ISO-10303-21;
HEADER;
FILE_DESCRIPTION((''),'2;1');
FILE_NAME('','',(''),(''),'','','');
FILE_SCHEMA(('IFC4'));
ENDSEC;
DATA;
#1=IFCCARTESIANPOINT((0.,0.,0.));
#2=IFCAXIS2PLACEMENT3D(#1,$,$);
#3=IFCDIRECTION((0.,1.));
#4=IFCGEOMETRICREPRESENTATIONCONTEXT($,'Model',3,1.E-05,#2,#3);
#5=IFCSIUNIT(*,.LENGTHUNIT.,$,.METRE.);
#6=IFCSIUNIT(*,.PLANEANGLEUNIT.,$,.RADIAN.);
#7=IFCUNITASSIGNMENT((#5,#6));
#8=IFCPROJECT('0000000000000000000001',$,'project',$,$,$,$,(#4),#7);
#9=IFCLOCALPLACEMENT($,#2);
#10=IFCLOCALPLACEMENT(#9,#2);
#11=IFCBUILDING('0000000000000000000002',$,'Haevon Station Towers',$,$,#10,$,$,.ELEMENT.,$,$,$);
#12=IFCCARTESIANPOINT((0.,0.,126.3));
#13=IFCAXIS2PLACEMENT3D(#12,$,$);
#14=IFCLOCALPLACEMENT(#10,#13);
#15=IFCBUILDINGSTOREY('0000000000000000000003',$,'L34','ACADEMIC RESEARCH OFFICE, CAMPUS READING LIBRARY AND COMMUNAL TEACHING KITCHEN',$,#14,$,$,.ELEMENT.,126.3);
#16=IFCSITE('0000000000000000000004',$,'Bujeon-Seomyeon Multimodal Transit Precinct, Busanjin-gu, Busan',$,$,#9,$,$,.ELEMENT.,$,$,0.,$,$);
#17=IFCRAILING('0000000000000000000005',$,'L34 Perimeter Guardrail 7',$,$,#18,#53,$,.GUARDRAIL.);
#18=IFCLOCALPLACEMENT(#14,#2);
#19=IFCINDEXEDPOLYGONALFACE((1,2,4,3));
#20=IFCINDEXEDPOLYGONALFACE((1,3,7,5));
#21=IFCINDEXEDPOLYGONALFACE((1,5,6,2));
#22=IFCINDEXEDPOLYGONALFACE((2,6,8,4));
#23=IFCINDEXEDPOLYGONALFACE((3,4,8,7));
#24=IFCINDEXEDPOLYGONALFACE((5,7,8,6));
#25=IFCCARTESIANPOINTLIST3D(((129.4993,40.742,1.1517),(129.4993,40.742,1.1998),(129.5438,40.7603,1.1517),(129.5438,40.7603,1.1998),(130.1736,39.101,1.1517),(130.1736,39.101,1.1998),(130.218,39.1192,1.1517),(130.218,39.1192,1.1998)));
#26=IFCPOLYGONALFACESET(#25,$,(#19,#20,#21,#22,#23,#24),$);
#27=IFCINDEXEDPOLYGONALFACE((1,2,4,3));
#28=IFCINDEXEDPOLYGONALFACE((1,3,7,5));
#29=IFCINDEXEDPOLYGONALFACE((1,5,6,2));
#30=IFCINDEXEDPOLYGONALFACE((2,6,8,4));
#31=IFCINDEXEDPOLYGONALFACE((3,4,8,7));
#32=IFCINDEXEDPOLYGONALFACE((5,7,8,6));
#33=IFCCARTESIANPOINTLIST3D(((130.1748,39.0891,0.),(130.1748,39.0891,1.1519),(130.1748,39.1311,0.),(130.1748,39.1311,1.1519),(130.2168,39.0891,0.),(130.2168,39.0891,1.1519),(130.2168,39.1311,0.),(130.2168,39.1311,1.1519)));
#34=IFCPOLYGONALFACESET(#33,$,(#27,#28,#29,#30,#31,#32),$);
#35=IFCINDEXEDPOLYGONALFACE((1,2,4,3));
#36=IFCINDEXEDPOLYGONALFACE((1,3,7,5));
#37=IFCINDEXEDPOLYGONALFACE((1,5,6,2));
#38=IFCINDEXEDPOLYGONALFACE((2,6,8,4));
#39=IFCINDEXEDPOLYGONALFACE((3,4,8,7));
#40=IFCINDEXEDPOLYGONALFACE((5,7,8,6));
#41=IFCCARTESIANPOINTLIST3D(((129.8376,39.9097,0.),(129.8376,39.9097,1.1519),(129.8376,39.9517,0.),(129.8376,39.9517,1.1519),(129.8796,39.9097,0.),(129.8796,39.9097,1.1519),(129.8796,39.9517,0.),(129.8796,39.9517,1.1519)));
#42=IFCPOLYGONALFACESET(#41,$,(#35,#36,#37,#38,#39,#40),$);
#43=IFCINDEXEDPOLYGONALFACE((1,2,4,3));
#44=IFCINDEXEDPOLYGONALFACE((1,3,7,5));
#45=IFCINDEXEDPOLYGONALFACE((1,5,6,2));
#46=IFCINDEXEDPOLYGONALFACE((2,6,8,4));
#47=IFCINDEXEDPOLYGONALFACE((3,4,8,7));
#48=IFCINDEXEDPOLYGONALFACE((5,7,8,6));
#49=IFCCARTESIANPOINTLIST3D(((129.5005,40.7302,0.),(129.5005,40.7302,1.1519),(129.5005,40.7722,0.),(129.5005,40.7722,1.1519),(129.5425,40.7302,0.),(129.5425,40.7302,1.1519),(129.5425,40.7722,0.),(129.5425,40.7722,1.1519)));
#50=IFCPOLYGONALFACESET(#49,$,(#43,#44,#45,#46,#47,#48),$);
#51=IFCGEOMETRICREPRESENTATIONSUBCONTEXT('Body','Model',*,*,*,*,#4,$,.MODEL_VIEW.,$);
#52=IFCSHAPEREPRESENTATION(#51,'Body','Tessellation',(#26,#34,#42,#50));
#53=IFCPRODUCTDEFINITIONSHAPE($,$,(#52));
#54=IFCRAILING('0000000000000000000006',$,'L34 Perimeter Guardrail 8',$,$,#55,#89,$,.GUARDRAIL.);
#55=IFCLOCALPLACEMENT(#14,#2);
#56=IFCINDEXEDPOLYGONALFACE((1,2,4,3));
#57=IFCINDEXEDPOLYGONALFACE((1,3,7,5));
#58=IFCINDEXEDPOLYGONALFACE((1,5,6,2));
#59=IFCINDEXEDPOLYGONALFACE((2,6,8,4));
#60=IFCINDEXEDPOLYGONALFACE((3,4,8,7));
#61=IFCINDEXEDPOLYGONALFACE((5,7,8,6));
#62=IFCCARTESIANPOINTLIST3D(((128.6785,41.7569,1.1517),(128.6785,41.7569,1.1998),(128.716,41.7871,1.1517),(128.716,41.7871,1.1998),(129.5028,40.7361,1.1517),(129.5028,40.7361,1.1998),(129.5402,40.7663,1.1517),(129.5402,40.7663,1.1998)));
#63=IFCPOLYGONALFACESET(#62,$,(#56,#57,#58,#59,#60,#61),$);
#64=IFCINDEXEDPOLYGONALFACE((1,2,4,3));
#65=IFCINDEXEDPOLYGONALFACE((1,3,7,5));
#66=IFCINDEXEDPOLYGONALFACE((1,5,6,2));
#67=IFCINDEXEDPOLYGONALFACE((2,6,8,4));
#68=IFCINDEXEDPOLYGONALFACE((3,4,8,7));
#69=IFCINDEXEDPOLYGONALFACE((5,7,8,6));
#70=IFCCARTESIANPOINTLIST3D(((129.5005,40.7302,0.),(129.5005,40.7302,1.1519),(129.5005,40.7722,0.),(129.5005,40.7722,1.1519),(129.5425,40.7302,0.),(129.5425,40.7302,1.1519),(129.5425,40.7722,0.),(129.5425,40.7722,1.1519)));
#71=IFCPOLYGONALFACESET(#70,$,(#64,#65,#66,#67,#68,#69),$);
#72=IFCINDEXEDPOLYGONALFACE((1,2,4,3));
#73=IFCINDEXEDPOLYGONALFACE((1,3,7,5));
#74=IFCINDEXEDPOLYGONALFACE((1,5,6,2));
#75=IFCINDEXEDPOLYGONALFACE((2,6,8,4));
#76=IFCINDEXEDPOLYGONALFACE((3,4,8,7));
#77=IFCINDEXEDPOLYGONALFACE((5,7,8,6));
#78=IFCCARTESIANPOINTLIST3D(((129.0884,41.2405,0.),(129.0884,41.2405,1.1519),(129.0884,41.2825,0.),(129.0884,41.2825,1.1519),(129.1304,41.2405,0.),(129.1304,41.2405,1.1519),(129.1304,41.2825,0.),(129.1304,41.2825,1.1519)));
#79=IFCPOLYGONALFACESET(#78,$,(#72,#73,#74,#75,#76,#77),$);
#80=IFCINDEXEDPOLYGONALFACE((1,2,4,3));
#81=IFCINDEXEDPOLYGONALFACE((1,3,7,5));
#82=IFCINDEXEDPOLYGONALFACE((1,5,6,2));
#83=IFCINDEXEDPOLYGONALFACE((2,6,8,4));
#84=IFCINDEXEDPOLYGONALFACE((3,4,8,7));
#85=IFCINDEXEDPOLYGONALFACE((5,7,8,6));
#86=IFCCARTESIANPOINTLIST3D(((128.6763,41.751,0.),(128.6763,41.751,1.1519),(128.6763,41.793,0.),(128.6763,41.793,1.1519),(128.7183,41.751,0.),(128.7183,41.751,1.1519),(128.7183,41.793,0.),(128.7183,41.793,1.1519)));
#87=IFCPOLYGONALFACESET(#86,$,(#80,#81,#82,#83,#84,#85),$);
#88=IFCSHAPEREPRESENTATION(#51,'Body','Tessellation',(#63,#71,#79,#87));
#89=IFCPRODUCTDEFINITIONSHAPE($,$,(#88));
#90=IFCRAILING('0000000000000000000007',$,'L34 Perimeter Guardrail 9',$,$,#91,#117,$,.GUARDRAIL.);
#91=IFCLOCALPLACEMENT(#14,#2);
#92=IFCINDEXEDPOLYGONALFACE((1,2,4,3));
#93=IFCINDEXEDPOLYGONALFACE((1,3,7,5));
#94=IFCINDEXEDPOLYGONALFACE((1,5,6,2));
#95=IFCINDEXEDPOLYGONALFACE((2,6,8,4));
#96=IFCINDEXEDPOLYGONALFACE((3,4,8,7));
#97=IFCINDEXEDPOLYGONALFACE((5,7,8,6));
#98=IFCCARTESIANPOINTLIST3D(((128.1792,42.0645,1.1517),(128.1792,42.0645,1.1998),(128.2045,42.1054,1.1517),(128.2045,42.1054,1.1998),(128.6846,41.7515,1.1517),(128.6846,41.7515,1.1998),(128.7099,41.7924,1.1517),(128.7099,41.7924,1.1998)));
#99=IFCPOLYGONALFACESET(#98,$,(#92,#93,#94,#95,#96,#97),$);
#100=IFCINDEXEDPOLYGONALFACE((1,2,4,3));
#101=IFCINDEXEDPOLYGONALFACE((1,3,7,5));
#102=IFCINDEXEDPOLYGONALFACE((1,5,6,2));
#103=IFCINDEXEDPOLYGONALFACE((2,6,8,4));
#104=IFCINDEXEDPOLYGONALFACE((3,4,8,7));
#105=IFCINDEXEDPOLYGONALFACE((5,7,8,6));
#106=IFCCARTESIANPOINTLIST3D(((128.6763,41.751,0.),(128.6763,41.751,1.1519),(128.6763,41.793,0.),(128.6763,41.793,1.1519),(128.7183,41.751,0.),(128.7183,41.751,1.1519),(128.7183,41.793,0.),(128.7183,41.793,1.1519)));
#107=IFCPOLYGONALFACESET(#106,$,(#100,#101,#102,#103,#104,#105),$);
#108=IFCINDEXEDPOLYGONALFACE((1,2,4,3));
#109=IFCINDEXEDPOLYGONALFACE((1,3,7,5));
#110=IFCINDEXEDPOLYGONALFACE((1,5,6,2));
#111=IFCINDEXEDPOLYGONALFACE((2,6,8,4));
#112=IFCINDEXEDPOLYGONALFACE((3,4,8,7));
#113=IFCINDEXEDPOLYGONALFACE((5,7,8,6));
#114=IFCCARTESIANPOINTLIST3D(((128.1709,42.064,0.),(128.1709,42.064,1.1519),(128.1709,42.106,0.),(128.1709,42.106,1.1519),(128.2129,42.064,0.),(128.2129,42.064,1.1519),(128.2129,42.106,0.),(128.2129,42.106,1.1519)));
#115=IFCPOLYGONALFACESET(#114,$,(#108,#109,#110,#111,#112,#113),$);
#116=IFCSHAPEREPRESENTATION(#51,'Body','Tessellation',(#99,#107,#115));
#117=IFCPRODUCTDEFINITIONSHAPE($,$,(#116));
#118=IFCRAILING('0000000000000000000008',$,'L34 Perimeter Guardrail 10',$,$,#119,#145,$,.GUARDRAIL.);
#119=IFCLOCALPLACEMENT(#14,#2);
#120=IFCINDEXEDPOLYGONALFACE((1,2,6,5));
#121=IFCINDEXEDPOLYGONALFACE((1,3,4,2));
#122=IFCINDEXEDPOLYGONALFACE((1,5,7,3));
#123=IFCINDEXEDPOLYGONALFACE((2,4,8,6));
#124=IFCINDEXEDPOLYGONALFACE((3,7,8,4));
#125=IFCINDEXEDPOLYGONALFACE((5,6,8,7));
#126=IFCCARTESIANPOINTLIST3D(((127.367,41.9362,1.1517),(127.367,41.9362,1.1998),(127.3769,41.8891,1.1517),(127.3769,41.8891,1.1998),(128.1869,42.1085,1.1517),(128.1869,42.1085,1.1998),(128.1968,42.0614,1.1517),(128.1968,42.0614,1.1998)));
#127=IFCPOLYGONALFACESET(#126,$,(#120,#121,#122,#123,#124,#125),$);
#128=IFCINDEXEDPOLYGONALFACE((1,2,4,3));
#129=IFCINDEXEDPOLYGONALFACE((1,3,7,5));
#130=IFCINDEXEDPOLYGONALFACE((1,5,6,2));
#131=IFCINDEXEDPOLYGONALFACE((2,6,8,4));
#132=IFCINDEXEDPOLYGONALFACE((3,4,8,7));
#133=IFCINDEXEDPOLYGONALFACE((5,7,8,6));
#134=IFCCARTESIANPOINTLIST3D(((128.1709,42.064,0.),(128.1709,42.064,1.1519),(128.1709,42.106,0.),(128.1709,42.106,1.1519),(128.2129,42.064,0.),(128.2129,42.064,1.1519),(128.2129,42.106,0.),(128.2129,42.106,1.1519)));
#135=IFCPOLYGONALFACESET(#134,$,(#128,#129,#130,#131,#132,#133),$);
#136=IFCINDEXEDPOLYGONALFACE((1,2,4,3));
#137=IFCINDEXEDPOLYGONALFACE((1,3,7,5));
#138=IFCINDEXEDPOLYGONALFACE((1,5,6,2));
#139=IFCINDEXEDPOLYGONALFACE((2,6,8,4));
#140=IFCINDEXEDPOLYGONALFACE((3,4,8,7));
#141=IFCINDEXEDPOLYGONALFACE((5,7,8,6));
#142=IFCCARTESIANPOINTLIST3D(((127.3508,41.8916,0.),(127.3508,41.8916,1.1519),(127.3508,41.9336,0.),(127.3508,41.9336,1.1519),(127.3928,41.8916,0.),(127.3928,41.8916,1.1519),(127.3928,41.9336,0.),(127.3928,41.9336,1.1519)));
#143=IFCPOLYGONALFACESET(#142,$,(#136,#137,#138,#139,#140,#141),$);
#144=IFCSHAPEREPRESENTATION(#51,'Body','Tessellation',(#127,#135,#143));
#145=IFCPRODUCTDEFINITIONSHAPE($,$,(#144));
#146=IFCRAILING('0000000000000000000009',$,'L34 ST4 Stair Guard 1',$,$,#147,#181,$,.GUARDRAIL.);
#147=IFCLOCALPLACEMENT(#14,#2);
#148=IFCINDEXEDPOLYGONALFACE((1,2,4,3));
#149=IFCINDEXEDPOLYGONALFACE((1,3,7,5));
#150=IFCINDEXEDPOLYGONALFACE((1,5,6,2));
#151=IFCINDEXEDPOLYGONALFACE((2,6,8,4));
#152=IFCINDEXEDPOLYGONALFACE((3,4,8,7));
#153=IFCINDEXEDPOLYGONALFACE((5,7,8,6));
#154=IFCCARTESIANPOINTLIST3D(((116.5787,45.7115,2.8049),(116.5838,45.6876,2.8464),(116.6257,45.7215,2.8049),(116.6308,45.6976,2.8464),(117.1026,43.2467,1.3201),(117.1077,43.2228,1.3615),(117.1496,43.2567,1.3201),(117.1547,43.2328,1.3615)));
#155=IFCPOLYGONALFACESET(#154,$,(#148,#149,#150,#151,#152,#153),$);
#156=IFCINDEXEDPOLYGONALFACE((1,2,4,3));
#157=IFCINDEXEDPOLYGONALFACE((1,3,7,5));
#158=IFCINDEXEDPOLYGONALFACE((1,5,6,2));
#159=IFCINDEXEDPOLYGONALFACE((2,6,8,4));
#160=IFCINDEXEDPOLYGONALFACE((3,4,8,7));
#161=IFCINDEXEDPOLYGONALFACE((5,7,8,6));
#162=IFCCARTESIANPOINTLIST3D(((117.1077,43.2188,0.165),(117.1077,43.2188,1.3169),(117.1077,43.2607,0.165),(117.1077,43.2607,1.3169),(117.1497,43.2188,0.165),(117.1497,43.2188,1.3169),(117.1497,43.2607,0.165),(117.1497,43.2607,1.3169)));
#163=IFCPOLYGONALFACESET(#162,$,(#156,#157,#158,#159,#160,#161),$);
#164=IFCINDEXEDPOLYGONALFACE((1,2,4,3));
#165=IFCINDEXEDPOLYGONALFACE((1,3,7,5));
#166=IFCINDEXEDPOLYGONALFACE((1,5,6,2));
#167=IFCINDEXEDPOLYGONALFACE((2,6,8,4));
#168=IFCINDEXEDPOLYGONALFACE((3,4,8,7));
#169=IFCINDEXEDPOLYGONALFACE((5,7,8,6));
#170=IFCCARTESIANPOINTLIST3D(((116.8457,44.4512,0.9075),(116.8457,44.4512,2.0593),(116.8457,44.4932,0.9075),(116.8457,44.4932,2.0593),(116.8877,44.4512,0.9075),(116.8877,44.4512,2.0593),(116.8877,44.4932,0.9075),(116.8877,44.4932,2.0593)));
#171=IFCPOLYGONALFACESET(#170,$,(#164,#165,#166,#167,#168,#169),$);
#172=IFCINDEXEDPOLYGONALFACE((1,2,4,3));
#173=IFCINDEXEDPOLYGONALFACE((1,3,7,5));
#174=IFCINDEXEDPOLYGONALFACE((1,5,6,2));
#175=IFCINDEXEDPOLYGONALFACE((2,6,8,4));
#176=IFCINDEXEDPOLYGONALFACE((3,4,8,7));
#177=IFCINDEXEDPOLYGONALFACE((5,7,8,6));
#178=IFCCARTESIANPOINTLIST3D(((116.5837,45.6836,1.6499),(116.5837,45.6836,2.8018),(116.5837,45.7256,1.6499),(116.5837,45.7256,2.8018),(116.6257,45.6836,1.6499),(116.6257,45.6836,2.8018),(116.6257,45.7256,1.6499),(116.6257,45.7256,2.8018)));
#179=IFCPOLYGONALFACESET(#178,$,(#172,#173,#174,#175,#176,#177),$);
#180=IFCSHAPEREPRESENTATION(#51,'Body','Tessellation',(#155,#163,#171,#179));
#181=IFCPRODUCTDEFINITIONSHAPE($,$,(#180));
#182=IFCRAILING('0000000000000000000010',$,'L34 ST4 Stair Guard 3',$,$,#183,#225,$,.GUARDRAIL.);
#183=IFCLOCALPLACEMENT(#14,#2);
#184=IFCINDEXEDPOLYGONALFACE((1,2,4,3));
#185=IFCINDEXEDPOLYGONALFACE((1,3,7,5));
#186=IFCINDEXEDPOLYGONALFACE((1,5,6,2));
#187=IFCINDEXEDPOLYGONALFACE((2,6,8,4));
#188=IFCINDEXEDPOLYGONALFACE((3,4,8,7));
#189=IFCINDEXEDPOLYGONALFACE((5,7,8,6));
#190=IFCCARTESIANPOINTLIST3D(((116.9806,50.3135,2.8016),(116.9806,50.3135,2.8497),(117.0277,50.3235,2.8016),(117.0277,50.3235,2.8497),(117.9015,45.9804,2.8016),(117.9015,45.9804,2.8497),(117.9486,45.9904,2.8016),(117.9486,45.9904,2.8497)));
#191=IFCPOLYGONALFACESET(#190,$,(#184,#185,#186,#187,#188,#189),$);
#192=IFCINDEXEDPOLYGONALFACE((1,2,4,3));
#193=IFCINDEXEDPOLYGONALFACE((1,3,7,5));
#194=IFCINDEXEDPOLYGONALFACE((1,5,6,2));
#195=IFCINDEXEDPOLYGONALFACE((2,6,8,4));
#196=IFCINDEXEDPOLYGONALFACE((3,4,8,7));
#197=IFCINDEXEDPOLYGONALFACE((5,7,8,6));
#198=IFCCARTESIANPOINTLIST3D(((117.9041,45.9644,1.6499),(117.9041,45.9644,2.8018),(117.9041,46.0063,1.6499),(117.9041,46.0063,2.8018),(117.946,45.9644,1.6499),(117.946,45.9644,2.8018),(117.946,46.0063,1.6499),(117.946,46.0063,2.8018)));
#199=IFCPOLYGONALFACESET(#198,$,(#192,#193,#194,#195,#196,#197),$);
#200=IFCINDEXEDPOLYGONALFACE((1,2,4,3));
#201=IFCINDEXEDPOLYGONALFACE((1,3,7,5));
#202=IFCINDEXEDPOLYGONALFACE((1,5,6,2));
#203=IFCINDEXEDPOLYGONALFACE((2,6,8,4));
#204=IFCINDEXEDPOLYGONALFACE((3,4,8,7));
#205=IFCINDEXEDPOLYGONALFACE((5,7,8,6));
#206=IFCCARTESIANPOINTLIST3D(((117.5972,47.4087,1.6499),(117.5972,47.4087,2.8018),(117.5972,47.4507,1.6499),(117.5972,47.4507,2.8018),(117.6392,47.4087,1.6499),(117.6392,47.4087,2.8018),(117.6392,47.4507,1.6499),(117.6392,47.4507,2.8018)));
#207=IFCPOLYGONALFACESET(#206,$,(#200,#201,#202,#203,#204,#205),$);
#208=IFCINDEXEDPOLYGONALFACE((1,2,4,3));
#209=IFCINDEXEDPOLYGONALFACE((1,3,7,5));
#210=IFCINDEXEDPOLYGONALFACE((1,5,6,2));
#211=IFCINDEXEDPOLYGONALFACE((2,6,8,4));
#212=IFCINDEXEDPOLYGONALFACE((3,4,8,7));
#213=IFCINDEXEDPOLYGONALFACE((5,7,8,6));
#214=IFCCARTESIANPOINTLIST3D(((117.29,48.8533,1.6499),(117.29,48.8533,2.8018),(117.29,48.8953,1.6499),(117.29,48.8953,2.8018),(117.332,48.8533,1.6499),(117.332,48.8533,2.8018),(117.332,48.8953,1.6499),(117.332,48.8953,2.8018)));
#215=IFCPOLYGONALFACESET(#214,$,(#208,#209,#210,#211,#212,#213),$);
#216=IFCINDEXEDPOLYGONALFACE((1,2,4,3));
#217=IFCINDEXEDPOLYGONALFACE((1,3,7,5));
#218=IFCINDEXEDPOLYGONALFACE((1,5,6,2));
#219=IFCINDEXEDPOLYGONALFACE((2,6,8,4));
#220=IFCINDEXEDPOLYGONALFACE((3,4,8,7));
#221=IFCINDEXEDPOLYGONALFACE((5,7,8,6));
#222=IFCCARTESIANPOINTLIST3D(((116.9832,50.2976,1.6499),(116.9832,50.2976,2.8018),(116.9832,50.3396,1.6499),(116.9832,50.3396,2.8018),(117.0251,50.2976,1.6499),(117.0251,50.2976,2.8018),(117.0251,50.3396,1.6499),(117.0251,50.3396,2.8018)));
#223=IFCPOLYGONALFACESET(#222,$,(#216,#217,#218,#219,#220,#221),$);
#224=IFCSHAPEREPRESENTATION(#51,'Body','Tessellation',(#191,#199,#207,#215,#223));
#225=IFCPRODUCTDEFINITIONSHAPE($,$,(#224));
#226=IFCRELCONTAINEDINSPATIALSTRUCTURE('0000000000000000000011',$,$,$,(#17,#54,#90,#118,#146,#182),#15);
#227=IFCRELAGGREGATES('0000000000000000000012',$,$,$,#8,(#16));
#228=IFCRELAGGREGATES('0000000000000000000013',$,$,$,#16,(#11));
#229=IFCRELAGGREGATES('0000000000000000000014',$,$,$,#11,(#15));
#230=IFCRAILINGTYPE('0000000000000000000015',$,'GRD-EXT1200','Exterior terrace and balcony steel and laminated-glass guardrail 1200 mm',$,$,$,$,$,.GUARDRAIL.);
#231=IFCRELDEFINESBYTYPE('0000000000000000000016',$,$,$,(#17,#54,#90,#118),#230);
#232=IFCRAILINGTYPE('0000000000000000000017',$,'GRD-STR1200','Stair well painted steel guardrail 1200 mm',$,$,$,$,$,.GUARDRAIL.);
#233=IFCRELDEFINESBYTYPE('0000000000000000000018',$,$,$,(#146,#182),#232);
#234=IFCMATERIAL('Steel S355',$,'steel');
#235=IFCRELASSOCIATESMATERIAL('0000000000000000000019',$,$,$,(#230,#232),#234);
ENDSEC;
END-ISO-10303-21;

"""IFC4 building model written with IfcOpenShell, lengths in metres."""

from ifc_helpers import new_model, si_unit, direction, frame, origin, origin_2d, place, context, subcontext, project, spatial, rectangle, extrude, material, type_object, element, save


model = new_model("IFC4")

# Units and contexts
model_context = context("Model", 3, precision=1e-05, world=origin(), true_north=direction((0.0, 1.0)))
body_context = subcontext(model_context, "Body", "Model", "MODEL_VIEW")
ifc_project = project(units=[si_unit("LENGTHUNIT", "METRE"), si_unit("PLANEANGLEUNIT", "RADIAN")], contexts=[model_context])

# Site, building, storey
site_placement = place(None, origin())
site = spatial("IfcSite", under=ifc_project, at=site_placement, Name="Bujeon-Seomyeon Multimodal Transit Precinct, Busanjin-gu, Busan", CompositionType="ELEMENT", RefElevation=0.0)
building_placement = place(site_placement, origin())
building = spatial("IfcBuilding", under=site, at=building_placement, Name="Haevon Station Towers", CompositionType="ELEMENT")
storey_placement = place(building_placement, frame((0.0, 0.0, 126.3)))
storey = spatial("IfcBuildingStorey", under=building, at=storey_placement, Name="L34", Description="ACADEMIC RESEARCH OFFICE, CAMPUS READING LIBRARY AND COMMUNAL TEACHING KITCHEN", CompositionType="ELEMENT", Elevation=126.3)

# Shared definitions
ifc_material_1 = material(Name="Steel S355", Category="steel")

# Railings
railing_type_1 = type_object("IfcRailingType", Name="GRD-EXT1200", Description="Exterior terrace and balcony steel and laminated-glass guardrail 1200 mm", PredefinedType="GUARDRAIL", material=ifc_material_1)
railing_1_placement = place(storey_placement, frame((130.1958, 39.1101, 0.0)))
element("IfcRailing", 1, at=railing_1_placement, inside=storey, type_object=railing_type_1, Name="L34 Perimeter Guardrail 7", PredefinedType="GUARDRAIL", context=body_context, shape_type="SweptSolid", body=[
    extrude(rectangle(XDim=0.0481, YDim=0.0481, at=origin_2d()), frame((0.0, 0.0, 1.1758), z_axis=(-0.380058, 0.924963, 0.0), x_axis=(-0.924963, -0.380058, 0.0)), (0.0, 0.0, 1.0), 1.7742),
    extrude(rectangle(XDim=0.042, YDim=0.042, at=origin_2d()), origin(), (0.0, 0.0, 1.0), 1.1519),
    extrude(rectangle(XDim=0.042, YDim=0.042, at=origin_2d()), frame((-0.3372, 0.8206, 0.0)), (0.0, 0.0, 1.0), 1.1519),
    extrude(rectangle(XDim=0.042, YDim=0.042, at=origin_2d()), frame((-0.6743, 1.6411, 0.0)), (0.0, 0.0, 1.0), 1.1519),
])
railing_2_placement = place(storey_placement, frame((129.5215, 40.7512, 0.0)))
element("IfcRailing", 2, at=railing_2_placement, inside=storey, type_object=railing_type_1, Name="L34 Perimeter Guardrail 8", PredefinedType="GUARDRAIL", context=body_context, shape_type="SweptSolid", body=[
    extrude(rectangle(XDim=0.0481, YDim=0.0481, at=origin_2d()), frame((0.0, 0.0, 1.1758), z_axis=(-0.628229, 0.778029, 0.0), x_axis=(-0.778029, -0.628229, 0.0)), (0.0, 0.0, 1.0), 1.312),
    extrude(rectangle(XDim=0.042, YDim=0.042, at=origin_2d()), origin(), (0.0, 0.0, 1.0), 1.1519),
    extrude(rectangle(XDim=0.042, YDim=0.042, at=origin_2d()), frame((-0.4121, 0.5103, 0.0)), (0.0, 0.0, 1.0), 1.1519),
    extrude(rectangle(XDim=0.042, YDim=0.042, at=origin_2d()), frame((-0.8242, 1.0208, 0.0)), (0.0, 0.0, 1.0), 1.1519),
])
railing_3_placement = place(storey_placement, frame((128.6973, 41.772, 0.0)))
element("IfcRailing", 3, at=railing_3_placement, inside=storey, type_object=railing_type_1, Name="L34 Perimeter Guardrail 9", PredefinedType="GUARDRAIL", context=body_context, shape_type="SweptSolid", body=[
    extrude(rectangle(XDim=0.0481, YDim=0.0481, at=origin_2d()), frame((0.0, 0.0, 1.1758), z_axis=(-0.85016, 0.526524, 0.0), x_axis=(-0.526524, -0.85016, 0.0)), (0.0, 0.0, 1.0), 0.5945),
    extrude(rectangle(XDim=0.042, YDim=0.042, at=origin_2d()), origin(), (0.0, 0.0, 1.0), 1.1519),
    extrude(rectangle(XDim=0.042, YDim=0.042, at=origin_2d()), frame((-0.5054, 0.313, 0.0)), (0.0, 0.0, 1.0), 1.1519),
])
railing_4_placement = place(storey_placement, frame((128.1919, 42.085, 0.0)))
element("IfcRailing", 4, at=railing_4_placement, inside=storey, type_object=railing_type_1, Name="L34 Perimeter Guardrail 10", PredefinedType="GUARDRAIL", context=body_context, shape_type="SweptSolid", body=[
    extrude(rectangle(XDim=0.0481, YDim=0.0481, at=origin_2d()), frame((0.0, 0.0, 1.1758), z_axis=(-0.978618, -0.205687, 0.0), x_axis=(0.205687, -0.978618, 0.0)), (0.0, 0.0, 1.0), 0.8379),
    extrude(rectangle(XDim=0.042, YDim=0.042, at=origin_2d()), origin(), (0.0, 0.0, 1.0), 1.1519),
    extrude(rectangle(XDim=0.042, YDim=0.042, at=origin_2d()), frame((-0.8201, -0.1724, 0.0)), (0.0, 0.0, 1.0), 1.1519),
])
railing_type_2 = type_object("IfcRailingType", Name="GRD-STR1200", Description="Stair well painted steel guardrail 1200 mm", PredefinedType="GUARDRAIL", material=ifc_material_1)
railing_5_placement = place(storey_placement, frame((117.1287, 43.2397, 0.165)))
element("IfcRailing", 5, at=railing_5_placement, inside=storey, type_object=railing_type_2, Name="L34 ST4 Stair Guard 1", PredefinedType="GUARDRAIL", context=body_context, shape_type="SweptSolid", body=[
    extrude(rectangle(XDim=0.0481, YDim=0.0481, at=origin_2d()), frame((0.0, 0.0, 1.1758), z_axis=(-0.179129, 0.842724, 0.507671), x_axis=(-0.978147, -0.207914, 0.0)), (0.0, 0.0, 1.0), 2.9248),
    extrude(rectangle(XDim=0.042, YDim=0.042, at=origin_2d()), origin(), (0.0, 0.0, 1.0), 1.1519),
    extrude(rectangle(XDim=0.042, YDim=0.042, at=origin_2d()), frame((-0.262, 1.2324, 0.7424)), (0.0, 0.0, 1.0), 1.1519),
    extrude(rectangle(XDim=0.042, YDim=0.042, at=origin_2d()), frame((-0.5239, 2.4648, 1.4849)), (0.0, 0.0, 1.0), 1.1519),
])
railing_6_placement = place(storey_placement, frame((117.925, 45.9854, 1.6499)))
element("IfcRailing", 6, at=railing_6_placement, inside=storey, type_object=railing_type_2, Name="L34 ST4 Stair Guard 3", PredefinedType="GUARDRAIL", context=body_context, shape_type="SweptSolid", body=[
    extrude(rectangle(XDim=0.0481, YDim=0.0481, at=origin_2d()), frame((0.0, 0.0, 1.1758), z_axis=(-0.207877, 0.978155, 0.0), x_axis=(-0.978155, -0.207877, 0.0)), (0.0, 0.0, 1.0), 4.4299),
    extrude(rectangle(XDim=0.042, YDim=0.042, at=origin_2d()), origin(), (0.0, 0.0, 1.0), 1.1519),
    extrude(rectangle(XDim=0.042, YDim=0.042, at=origin_2d()), frame((-0.3069, 1.4443, 0.0)), (0.0, 0.0, 1.0), 1.1519),
    extrude(rectangle(XDim=0.042, YDim=0.042, at=origin_2d()), frame((-0.614, 2.8889, 0.0)), (0.0, 0.0, 1.0), 1.1519),
    extrude(rectangle(XDim=0.042, YDim=0.042, at=origin_2d()), frame((-0.9209, 4.3333, 0.0)), (0.0, 0.0, 1.0), 1.1519),
])

save(model, "model.ifc")
